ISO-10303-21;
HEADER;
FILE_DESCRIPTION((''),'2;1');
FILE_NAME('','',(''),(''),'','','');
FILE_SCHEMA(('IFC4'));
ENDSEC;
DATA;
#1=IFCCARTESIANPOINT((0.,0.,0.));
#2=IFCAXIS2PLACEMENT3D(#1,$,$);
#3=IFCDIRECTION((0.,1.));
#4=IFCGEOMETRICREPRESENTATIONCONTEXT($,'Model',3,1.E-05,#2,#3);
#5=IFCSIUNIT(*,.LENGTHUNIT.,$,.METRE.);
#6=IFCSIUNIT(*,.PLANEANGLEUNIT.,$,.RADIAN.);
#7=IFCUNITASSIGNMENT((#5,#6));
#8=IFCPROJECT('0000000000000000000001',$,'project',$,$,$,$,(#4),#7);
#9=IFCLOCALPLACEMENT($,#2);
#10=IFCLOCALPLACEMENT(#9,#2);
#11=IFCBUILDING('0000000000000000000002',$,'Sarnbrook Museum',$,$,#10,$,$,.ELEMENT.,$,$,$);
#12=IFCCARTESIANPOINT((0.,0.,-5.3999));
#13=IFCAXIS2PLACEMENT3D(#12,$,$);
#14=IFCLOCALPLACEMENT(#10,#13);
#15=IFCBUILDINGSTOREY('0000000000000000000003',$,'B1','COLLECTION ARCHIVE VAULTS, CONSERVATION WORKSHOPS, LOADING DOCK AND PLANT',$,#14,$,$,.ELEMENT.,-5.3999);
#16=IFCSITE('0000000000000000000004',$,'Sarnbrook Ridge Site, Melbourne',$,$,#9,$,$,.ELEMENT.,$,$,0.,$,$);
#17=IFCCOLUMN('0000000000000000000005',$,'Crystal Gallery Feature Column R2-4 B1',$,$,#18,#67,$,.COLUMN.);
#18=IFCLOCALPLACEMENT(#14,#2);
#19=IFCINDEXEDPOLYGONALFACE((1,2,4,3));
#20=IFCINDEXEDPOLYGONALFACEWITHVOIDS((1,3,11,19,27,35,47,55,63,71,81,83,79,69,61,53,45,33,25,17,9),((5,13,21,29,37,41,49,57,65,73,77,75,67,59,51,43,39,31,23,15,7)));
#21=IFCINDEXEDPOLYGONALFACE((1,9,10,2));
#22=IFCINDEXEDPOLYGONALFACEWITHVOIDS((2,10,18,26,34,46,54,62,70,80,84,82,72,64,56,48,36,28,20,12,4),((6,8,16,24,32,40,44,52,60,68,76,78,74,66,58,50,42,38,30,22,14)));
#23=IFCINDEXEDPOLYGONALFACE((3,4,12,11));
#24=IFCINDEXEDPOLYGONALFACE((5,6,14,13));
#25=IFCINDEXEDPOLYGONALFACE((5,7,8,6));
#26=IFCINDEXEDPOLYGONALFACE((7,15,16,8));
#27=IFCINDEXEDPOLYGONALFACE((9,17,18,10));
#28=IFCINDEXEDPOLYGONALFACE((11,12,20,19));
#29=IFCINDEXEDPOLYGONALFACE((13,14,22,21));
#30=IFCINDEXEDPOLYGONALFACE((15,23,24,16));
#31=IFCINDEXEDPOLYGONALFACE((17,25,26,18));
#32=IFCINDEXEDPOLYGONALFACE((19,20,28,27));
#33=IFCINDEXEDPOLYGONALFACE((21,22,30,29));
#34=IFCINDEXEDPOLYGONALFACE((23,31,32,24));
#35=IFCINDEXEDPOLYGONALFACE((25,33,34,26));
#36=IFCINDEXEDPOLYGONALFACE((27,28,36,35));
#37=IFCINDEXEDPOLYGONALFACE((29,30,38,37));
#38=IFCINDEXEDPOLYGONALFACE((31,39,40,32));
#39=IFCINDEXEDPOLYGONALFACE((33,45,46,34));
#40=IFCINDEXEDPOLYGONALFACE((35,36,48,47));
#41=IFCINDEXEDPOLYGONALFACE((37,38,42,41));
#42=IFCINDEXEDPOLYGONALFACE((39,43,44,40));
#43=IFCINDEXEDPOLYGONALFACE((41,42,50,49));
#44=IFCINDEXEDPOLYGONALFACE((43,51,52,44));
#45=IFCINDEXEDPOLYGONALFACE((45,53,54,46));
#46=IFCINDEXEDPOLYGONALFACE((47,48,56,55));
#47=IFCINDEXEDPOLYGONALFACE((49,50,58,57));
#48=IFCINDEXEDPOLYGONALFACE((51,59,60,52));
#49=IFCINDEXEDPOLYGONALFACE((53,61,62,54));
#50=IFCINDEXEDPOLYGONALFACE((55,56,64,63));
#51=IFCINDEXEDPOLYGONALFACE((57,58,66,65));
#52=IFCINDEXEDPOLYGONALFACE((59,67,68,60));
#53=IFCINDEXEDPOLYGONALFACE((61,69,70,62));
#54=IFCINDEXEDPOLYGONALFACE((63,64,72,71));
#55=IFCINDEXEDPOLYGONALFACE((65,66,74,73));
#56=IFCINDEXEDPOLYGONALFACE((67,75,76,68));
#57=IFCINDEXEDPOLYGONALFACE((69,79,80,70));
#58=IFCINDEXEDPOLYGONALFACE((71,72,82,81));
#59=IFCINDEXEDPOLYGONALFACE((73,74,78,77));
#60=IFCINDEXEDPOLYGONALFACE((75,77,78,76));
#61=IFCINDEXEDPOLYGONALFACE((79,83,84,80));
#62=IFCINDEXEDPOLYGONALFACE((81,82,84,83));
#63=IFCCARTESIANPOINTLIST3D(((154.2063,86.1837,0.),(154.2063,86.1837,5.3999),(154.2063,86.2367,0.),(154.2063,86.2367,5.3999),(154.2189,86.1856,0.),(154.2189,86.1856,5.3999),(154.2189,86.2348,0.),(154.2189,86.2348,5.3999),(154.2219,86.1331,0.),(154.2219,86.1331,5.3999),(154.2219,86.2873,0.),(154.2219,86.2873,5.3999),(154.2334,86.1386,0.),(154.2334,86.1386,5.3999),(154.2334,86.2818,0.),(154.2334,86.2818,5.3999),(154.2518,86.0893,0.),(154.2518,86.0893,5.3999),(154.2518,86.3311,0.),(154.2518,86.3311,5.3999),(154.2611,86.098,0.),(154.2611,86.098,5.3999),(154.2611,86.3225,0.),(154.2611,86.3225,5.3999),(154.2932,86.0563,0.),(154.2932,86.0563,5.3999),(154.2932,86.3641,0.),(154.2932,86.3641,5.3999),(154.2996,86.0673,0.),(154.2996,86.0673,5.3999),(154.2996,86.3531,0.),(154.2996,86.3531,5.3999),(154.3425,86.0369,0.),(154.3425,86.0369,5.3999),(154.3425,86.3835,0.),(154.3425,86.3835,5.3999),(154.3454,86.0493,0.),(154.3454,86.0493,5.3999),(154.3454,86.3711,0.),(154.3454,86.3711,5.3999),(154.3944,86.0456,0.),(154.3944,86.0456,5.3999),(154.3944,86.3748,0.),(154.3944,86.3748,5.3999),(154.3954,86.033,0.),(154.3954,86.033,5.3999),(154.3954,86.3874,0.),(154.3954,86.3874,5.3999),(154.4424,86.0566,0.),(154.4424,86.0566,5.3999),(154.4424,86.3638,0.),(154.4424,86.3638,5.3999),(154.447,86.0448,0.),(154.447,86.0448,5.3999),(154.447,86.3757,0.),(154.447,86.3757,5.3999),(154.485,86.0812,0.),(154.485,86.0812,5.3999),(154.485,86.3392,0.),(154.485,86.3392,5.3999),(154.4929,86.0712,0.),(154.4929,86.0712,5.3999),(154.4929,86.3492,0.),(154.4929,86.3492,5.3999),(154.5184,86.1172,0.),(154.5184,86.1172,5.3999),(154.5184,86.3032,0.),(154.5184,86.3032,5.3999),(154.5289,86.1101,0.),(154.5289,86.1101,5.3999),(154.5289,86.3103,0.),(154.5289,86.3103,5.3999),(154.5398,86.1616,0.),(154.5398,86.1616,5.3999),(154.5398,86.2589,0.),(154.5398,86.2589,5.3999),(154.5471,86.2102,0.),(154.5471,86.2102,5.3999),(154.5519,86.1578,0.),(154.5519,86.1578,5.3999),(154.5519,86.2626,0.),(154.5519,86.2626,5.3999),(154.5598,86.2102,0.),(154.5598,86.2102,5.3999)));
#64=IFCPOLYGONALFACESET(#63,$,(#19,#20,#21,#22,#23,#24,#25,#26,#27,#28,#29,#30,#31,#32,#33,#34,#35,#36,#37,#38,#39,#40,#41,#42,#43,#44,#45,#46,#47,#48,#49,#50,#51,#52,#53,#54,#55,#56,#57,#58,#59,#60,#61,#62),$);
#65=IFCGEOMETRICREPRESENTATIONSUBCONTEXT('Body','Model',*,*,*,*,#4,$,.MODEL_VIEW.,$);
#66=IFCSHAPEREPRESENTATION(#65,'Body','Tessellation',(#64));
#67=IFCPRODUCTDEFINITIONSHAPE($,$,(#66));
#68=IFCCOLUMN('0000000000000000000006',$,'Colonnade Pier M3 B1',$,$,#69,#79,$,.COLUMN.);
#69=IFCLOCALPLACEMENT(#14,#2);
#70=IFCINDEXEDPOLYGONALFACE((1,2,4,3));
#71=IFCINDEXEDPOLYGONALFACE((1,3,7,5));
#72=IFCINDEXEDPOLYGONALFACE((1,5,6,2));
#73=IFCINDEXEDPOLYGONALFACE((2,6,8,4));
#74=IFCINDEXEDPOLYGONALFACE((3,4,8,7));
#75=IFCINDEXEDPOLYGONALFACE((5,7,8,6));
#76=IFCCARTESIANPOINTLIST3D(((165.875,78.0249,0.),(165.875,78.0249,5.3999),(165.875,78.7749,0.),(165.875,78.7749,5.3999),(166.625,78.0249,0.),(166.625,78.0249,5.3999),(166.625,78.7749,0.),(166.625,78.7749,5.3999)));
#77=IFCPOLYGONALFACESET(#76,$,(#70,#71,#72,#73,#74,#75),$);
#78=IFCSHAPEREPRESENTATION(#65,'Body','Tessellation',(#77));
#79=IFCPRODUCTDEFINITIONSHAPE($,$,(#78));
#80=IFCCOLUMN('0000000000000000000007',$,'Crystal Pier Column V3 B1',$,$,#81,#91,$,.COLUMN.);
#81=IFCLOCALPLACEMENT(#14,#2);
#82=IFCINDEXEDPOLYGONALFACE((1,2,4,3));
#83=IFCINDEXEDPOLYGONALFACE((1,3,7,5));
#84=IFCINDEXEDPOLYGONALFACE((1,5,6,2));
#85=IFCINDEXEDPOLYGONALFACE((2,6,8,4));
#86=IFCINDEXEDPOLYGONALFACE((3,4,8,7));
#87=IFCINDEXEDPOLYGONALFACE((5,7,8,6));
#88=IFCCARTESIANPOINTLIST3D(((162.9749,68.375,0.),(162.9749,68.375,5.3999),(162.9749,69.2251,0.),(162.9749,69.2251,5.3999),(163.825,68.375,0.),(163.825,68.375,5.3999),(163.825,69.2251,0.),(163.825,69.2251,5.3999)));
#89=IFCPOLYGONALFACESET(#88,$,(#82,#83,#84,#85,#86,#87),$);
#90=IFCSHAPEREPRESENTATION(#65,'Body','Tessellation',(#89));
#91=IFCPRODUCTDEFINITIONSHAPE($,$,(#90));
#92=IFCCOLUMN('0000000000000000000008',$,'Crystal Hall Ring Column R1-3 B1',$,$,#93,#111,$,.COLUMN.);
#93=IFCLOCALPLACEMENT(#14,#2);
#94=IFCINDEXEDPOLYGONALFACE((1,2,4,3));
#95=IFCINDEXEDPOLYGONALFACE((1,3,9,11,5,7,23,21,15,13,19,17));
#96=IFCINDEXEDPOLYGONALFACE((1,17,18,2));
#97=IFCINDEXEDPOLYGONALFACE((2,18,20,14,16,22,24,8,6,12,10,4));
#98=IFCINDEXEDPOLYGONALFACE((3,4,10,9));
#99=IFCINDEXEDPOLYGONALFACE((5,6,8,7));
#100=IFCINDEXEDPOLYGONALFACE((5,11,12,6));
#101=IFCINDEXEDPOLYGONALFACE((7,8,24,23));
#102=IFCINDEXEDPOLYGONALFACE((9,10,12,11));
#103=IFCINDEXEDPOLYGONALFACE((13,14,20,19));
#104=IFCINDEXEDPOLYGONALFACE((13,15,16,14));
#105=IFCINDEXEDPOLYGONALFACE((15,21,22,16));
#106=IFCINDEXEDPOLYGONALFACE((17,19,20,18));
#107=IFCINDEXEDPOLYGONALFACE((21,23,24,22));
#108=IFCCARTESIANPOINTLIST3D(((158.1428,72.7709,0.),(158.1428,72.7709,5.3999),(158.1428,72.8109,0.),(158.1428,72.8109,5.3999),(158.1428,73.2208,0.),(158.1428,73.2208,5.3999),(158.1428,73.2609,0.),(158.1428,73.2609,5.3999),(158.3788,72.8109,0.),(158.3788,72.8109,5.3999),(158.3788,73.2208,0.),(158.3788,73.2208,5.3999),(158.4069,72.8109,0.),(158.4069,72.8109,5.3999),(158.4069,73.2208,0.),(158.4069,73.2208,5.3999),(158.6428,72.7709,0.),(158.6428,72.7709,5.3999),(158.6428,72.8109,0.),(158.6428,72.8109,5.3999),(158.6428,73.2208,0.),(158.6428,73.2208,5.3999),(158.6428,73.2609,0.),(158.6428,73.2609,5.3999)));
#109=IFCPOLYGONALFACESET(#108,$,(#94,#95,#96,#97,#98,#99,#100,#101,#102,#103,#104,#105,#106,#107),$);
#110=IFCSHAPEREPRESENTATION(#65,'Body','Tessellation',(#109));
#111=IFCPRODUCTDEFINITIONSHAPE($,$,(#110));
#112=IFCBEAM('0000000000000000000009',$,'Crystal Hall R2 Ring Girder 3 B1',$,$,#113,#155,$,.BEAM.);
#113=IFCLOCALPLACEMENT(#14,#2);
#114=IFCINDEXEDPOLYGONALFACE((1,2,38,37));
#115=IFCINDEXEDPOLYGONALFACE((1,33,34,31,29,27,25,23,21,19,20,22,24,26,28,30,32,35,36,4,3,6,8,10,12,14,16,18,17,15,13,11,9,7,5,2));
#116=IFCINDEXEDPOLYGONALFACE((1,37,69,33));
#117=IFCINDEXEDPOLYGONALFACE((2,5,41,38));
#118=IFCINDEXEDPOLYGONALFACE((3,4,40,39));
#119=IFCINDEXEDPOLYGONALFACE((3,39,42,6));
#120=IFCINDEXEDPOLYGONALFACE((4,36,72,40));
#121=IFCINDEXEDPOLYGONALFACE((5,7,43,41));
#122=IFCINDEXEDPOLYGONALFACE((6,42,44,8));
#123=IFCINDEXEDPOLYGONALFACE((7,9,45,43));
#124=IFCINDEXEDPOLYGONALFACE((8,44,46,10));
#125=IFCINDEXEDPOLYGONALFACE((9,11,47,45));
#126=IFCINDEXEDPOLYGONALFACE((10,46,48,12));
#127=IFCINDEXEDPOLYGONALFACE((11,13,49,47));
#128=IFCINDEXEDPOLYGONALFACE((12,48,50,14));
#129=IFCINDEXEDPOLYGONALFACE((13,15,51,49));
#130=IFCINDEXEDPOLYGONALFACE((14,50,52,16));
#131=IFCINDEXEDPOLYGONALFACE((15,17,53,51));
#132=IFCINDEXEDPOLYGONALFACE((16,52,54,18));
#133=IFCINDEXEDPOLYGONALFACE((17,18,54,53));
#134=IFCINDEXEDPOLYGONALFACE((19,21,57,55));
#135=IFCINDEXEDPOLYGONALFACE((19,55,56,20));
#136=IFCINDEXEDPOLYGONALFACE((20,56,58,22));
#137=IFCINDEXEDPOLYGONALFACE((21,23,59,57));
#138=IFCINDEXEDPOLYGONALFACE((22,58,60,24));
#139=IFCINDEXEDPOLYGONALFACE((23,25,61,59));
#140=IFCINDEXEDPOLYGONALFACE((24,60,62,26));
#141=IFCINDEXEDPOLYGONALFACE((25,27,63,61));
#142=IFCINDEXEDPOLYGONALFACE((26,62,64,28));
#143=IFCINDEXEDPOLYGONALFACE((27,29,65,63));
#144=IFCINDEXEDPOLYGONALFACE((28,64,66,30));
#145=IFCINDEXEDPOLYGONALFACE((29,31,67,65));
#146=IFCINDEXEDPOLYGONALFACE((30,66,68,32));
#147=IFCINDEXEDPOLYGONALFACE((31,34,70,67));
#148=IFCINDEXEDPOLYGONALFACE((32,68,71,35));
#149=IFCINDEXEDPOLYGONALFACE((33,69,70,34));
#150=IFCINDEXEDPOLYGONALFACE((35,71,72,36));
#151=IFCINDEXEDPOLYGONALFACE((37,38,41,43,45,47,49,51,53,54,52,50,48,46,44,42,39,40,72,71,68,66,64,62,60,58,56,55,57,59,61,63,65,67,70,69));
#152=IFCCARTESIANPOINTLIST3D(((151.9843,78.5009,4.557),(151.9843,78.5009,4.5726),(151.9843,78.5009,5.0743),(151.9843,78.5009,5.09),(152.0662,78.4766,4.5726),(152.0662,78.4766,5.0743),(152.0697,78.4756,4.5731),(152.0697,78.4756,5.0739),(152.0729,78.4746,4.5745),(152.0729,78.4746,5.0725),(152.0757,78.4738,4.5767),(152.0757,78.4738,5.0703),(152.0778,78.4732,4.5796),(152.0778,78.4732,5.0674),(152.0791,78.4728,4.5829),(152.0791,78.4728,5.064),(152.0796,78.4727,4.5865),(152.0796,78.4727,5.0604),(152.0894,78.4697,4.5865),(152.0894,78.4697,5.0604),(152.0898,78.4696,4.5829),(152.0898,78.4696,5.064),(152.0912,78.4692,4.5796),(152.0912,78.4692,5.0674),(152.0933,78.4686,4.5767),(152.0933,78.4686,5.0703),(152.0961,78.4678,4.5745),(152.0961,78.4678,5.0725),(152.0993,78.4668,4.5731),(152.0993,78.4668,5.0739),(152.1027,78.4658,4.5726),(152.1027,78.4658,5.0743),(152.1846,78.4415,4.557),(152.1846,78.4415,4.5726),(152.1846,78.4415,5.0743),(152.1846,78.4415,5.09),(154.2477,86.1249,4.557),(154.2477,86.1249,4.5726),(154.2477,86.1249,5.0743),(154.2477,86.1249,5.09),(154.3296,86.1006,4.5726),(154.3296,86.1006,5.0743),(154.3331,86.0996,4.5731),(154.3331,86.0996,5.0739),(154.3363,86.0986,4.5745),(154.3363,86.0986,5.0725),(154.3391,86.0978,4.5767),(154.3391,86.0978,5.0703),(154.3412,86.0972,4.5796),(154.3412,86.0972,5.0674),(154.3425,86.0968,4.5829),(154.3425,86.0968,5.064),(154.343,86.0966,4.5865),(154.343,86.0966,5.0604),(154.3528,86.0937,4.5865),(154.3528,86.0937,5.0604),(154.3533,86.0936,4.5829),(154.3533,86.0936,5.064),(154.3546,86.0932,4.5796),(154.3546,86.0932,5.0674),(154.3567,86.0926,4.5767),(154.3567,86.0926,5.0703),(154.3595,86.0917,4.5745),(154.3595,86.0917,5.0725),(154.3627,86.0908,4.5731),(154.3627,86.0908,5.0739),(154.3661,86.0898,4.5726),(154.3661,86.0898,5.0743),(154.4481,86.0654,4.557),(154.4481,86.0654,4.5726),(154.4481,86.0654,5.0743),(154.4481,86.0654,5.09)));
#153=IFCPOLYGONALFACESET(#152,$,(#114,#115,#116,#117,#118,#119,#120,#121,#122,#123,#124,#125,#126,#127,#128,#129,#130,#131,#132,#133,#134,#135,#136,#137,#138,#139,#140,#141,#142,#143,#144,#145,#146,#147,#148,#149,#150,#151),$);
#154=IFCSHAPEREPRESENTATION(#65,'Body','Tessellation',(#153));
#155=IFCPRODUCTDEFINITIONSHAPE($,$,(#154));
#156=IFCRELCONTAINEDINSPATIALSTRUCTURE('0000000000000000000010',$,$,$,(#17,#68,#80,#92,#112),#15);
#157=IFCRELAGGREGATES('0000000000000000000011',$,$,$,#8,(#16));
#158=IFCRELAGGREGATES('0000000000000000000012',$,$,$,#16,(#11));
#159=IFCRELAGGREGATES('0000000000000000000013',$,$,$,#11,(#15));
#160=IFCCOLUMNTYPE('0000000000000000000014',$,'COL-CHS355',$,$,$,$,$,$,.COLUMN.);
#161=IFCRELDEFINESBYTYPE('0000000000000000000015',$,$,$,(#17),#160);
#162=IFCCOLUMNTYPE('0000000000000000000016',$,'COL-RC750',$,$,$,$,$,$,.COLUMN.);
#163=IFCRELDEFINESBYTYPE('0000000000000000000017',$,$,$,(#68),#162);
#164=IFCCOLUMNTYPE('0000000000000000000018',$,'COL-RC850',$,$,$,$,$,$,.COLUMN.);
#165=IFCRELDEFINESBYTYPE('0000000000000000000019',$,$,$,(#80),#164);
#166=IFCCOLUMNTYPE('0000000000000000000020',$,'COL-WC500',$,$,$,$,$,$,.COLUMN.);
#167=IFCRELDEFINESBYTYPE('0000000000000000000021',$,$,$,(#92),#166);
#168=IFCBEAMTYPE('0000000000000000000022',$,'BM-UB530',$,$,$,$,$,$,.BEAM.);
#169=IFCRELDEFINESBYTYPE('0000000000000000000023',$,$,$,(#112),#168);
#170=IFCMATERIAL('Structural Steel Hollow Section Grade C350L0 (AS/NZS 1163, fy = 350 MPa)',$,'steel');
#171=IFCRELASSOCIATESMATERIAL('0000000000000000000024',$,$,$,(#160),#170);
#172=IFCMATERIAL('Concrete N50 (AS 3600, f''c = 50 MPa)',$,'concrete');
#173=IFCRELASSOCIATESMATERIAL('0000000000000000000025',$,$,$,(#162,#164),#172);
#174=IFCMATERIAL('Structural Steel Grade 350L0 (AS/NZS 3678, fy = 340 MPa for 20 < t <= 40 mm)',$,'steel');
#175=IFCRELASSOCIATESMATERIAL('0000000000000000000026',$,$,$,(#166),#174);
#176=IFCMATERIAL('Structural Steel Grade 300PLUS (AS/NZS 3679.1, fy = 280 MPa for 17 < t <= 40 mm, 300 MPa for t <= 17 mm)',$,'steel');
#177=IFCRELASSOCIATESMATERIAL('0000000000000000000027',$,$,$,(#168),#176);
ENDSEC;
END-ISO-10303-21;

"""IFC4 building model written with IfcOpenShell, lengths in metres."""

from ifc_helpers import new_model, si_unit, direction, frame, origin, origin_2d, place, context, subcontext, project, spatial, rectangle, hollow_circle, i_section, extrude, material, material_profile, profile_set, type_object, element, save


model = new_model("IFC4")

# Units and contexts
model_context = context("Model", 3, precision=1e-05, world=origin(), true_north=direction((0.0, 1.0)))
body_context = subcontext(model_context, "Body", "Model", "MODEL_VIEW")
ifc_project = project(units=[si_unit("LENGTHUNIT", "METRE"), si_unit("PLANEANGLEUNIT", "RADIAN")], contexts=[model_context])

# Site, building, storey
site_placement = place(None, origin())
site = spatial("IfcSite", under=ifc_project, at=site_placement, Name="Sarnbrook Ridge Site, Melbourne", CompositionType="ELEMENT", RefElevation=0.0)
building_placement = place(site_placement, origin())
building = spatial("IfcBuilding", under=site, at=building_placement, Name="Sarnbrook Museum", CompositionType="ELEMENT")
storey_placement = place(building_placement, frame((0.0, 0.0, -5.3999)))
storey = spatial("IfcBuildingStorey", under=building, at=storey_placement, Name="B1", Description="COLLECTION ARCHIVE VAULTS, CONSERVATION WORKSHOPS, LOADING DOCK AND PLANT", CompositionType="ELEMENT", Elevation=-5.3999)

# Shared definitions
ifc_material_1 = material(Name="Concrete N50 (AS 3600, f'c = 50 MPa)", Category="concrete")

# Columns
ifc_material_2 = material(Name="Structural Steel Hollow Section Grade C350L0 (AS/NZS 1163, fy = 350 MPa)", Category="steel")
ifc_material_profile_1 = material_profile(ifc_material_2, hollow_circle(Radius=0.1777, WallThickness=0.0127, at=origin_2d()), Name="355.6x12.7CHS")
ifc_profile_set_1 = profile_set([ifc_material_profile_1], Name="Structural Steel Hollow Section Grade C350L0 (AS/NZS 1163, fy = 350 MPa)")
column_type_1 = type_object("IfcColumnType", Name="COL-CHS355", PredefinedType="COLUMN", material=ifc_profile_set_1)
column_1_placement = place(storey_placement, frame((154.3821, 86.2102, 0.0), z_axis=(0.0, 0.0, 1.0), x_axis=(1.0, 0.0, 0.0)))
element("IfcColumn", 1, at=column_1_placement, inside=storey, type_object=column_type_1, Name="Crystal Gallery Feature Column R2-4 B1", PredefinedType="COLUMN", context=body_context, shape_type="SweptSolid", body=[
    extrude(hollow_circle(Radius=0.1777, WallThickness=0.0127, at=origin_2d()), origin(), (0.0, 0.0, 1.0), 5.3999),
])
ifc_material_profile_2 = material_profile(ifc_material_1, rectangle(XDim=0.75, YDim=0.75, at=origin_2d()), Name="RC 750x750")
ifc_profile_set_2 = profile_set([ifc_material_profile_2], Name="Concrete N50 (AS 3600, f'c = 50 MPa)")
column_type_2 = type_object("IfcColumnType", Name="COL-RC750", PredefinedType="COLUMN", material=ifc_profile_set_2)
column_2_placement = place(storey_placement, frame((166.25, 78.3999, 0.0), z_axis=(0.0, 0.0, 1.0), x_axis=(1.0, 0.0, 0.0)))
element("IfcColumn", 2, at=column_2_placement, inside=storey, type_object=column_type_2, Name="Colonnade Pier M3 B1", PredefinedType="COLUMN", context=body_context, shape_type="SweptSolid", body=[
    extrude(rectangle(XDim=0.75, YDim=0.75, at=origin_2d()), origin(), (0.0, 0.0, 1.0), 5.3999),
])
ifc_material_profile_3 = material_profile(ifc_material_1, rectangle(XDim=0.8501, YDim=0.8501, at=origin_2d()), Name="RC 850x850")
ifc_profile_set_3 = profile_set([ifc_material_profile_3], Name="Concrete N50 (AS 3600, f'c = 50 MPa)")
column_type_3 = type_object("IfcColumnType", Name="COL-RC850", PredefinedType="COLUMN", material=ifc_profile_set_3)
column_3_placement = place(storey_placement, frame((163.3999, 68.8, 0.0), z_axis=(0.0, 0.0, 1.0), x_axis=(1.0, 0.0, 0.0)))
element("IfcColumn", 3, at=column_3_placement, inside=storey, type_object=column_type_3, Name="Crystal Pier Column V3 B1", PredefinedType="COLUMN", context=body_context, shape_type="SweptSolid", body=[
    extrude(rectangle(XDim=0.8501, YDim=0.8501, at=origin_2d()), origin(), (0.0, 0.0, 1.0), 5.3999),
])
ifc_material_3 = material(Name="Structural Steel Grade 350L0 (AS/NZS 3678, fy = 340 MPa for 20 < t <= 40 mm)", Category="steel")
ifc_material_profile_4 = material_profile(ifc_material_3, i_section(OverallWidth=0.5, OverallDepth=0.49, WebThickness=0.0281, FlangeThickness=0.04, at=origin_2d()), Name="500WC340")
ifc_profile_set_4 = profile_set([ifc_material_profile_4], Name="Structural Steel Grade 350L0 (AS/NZS 3678, fy = 340 MPa for 20 < t <= 40 mm)")
column_type_4 = type_object("IfcColumnType", Name="COL-WC500", PredefinedType="COLUMN", material=ifc_profile_set_4)
column_4_placement = place(storey_placement, frame((158.3928, 73.0159, 0.0), z_axis=(0.0, 0.0, 1.0), x_axis=(1.0, 0.0, 0.0)))
element("IfcColumn", 4, at=column_4_placement, inside=storey, type_object=column_type_4, Name="Crystal Hall Ring Column R1-3 B1", PredefinedType="COLUMN", context=body_context, shape_type="SweptSolid", body=[
    extrude(i_section(OverallWidth=0.5, OverallDepth=0.49, WebThickness=0.0281, FlangeThickness=0.04, at=origin_2d()), origin(), (0.0, 0.0, 1.0), 5.3999),
])

# Beam
ifc_material_4 = material(Name="Structural Steel Grade 300PLUS (AS/NZS 3679.1, fy = 280 MPa for 17 < t <= 40 mm, 300 MPa for t <= 17 mm)", Category="steel")
ifc_material_profile_5 = material_profile(ifc_material_4, i_section(OverallWidth=0.209, OverallDepth=0.533, WebThickness=0.0103, FlangeThickness=0.0156, FilletRadius=0.0139, at=origin_2d()), Name="530UB92.4")
ifc_profile_set_5 = profile_set([ifc_material_profile_5], Name="Structural Steel Grade 300PLUS (AS/NZS 3679.1, fy = 280 MPa for 17 < t <= 40 mm, 300 MPa for t <= 17 mm)")
beam_type_1 = type_object("IfcBeamType", Name="BM-UB530", PredefinedType="BEAM", material=ifc_profile_set_5)
beam_1_placement = place(storey_placement, frame((152.0845, 78.4712, 4.8235), z_axis=(0.284604, 0.958645, 0.0), x_axis=(-0.958645, 0.284604, 0.0)))
element("IfcBeam", 5, at=beam_1_placement, inside=storey, type_object=beam_type_1, Name="Crystal Hall R2 Ring Girder 3 B1", PredefinedType="BEAM", context=body_context, shape_type="SweptSolid", body=[
    extrude(i_section(OverallWidth=0.209, OverallDepth=0.533, WebThickness=0.0103, FlangeThickness=0.0156, FilletRadius=0.0139, at=origin_2d()), origin(), (0.0, 0.0, 1.0), 7.9529),
])

save(model, "model.ifc")
